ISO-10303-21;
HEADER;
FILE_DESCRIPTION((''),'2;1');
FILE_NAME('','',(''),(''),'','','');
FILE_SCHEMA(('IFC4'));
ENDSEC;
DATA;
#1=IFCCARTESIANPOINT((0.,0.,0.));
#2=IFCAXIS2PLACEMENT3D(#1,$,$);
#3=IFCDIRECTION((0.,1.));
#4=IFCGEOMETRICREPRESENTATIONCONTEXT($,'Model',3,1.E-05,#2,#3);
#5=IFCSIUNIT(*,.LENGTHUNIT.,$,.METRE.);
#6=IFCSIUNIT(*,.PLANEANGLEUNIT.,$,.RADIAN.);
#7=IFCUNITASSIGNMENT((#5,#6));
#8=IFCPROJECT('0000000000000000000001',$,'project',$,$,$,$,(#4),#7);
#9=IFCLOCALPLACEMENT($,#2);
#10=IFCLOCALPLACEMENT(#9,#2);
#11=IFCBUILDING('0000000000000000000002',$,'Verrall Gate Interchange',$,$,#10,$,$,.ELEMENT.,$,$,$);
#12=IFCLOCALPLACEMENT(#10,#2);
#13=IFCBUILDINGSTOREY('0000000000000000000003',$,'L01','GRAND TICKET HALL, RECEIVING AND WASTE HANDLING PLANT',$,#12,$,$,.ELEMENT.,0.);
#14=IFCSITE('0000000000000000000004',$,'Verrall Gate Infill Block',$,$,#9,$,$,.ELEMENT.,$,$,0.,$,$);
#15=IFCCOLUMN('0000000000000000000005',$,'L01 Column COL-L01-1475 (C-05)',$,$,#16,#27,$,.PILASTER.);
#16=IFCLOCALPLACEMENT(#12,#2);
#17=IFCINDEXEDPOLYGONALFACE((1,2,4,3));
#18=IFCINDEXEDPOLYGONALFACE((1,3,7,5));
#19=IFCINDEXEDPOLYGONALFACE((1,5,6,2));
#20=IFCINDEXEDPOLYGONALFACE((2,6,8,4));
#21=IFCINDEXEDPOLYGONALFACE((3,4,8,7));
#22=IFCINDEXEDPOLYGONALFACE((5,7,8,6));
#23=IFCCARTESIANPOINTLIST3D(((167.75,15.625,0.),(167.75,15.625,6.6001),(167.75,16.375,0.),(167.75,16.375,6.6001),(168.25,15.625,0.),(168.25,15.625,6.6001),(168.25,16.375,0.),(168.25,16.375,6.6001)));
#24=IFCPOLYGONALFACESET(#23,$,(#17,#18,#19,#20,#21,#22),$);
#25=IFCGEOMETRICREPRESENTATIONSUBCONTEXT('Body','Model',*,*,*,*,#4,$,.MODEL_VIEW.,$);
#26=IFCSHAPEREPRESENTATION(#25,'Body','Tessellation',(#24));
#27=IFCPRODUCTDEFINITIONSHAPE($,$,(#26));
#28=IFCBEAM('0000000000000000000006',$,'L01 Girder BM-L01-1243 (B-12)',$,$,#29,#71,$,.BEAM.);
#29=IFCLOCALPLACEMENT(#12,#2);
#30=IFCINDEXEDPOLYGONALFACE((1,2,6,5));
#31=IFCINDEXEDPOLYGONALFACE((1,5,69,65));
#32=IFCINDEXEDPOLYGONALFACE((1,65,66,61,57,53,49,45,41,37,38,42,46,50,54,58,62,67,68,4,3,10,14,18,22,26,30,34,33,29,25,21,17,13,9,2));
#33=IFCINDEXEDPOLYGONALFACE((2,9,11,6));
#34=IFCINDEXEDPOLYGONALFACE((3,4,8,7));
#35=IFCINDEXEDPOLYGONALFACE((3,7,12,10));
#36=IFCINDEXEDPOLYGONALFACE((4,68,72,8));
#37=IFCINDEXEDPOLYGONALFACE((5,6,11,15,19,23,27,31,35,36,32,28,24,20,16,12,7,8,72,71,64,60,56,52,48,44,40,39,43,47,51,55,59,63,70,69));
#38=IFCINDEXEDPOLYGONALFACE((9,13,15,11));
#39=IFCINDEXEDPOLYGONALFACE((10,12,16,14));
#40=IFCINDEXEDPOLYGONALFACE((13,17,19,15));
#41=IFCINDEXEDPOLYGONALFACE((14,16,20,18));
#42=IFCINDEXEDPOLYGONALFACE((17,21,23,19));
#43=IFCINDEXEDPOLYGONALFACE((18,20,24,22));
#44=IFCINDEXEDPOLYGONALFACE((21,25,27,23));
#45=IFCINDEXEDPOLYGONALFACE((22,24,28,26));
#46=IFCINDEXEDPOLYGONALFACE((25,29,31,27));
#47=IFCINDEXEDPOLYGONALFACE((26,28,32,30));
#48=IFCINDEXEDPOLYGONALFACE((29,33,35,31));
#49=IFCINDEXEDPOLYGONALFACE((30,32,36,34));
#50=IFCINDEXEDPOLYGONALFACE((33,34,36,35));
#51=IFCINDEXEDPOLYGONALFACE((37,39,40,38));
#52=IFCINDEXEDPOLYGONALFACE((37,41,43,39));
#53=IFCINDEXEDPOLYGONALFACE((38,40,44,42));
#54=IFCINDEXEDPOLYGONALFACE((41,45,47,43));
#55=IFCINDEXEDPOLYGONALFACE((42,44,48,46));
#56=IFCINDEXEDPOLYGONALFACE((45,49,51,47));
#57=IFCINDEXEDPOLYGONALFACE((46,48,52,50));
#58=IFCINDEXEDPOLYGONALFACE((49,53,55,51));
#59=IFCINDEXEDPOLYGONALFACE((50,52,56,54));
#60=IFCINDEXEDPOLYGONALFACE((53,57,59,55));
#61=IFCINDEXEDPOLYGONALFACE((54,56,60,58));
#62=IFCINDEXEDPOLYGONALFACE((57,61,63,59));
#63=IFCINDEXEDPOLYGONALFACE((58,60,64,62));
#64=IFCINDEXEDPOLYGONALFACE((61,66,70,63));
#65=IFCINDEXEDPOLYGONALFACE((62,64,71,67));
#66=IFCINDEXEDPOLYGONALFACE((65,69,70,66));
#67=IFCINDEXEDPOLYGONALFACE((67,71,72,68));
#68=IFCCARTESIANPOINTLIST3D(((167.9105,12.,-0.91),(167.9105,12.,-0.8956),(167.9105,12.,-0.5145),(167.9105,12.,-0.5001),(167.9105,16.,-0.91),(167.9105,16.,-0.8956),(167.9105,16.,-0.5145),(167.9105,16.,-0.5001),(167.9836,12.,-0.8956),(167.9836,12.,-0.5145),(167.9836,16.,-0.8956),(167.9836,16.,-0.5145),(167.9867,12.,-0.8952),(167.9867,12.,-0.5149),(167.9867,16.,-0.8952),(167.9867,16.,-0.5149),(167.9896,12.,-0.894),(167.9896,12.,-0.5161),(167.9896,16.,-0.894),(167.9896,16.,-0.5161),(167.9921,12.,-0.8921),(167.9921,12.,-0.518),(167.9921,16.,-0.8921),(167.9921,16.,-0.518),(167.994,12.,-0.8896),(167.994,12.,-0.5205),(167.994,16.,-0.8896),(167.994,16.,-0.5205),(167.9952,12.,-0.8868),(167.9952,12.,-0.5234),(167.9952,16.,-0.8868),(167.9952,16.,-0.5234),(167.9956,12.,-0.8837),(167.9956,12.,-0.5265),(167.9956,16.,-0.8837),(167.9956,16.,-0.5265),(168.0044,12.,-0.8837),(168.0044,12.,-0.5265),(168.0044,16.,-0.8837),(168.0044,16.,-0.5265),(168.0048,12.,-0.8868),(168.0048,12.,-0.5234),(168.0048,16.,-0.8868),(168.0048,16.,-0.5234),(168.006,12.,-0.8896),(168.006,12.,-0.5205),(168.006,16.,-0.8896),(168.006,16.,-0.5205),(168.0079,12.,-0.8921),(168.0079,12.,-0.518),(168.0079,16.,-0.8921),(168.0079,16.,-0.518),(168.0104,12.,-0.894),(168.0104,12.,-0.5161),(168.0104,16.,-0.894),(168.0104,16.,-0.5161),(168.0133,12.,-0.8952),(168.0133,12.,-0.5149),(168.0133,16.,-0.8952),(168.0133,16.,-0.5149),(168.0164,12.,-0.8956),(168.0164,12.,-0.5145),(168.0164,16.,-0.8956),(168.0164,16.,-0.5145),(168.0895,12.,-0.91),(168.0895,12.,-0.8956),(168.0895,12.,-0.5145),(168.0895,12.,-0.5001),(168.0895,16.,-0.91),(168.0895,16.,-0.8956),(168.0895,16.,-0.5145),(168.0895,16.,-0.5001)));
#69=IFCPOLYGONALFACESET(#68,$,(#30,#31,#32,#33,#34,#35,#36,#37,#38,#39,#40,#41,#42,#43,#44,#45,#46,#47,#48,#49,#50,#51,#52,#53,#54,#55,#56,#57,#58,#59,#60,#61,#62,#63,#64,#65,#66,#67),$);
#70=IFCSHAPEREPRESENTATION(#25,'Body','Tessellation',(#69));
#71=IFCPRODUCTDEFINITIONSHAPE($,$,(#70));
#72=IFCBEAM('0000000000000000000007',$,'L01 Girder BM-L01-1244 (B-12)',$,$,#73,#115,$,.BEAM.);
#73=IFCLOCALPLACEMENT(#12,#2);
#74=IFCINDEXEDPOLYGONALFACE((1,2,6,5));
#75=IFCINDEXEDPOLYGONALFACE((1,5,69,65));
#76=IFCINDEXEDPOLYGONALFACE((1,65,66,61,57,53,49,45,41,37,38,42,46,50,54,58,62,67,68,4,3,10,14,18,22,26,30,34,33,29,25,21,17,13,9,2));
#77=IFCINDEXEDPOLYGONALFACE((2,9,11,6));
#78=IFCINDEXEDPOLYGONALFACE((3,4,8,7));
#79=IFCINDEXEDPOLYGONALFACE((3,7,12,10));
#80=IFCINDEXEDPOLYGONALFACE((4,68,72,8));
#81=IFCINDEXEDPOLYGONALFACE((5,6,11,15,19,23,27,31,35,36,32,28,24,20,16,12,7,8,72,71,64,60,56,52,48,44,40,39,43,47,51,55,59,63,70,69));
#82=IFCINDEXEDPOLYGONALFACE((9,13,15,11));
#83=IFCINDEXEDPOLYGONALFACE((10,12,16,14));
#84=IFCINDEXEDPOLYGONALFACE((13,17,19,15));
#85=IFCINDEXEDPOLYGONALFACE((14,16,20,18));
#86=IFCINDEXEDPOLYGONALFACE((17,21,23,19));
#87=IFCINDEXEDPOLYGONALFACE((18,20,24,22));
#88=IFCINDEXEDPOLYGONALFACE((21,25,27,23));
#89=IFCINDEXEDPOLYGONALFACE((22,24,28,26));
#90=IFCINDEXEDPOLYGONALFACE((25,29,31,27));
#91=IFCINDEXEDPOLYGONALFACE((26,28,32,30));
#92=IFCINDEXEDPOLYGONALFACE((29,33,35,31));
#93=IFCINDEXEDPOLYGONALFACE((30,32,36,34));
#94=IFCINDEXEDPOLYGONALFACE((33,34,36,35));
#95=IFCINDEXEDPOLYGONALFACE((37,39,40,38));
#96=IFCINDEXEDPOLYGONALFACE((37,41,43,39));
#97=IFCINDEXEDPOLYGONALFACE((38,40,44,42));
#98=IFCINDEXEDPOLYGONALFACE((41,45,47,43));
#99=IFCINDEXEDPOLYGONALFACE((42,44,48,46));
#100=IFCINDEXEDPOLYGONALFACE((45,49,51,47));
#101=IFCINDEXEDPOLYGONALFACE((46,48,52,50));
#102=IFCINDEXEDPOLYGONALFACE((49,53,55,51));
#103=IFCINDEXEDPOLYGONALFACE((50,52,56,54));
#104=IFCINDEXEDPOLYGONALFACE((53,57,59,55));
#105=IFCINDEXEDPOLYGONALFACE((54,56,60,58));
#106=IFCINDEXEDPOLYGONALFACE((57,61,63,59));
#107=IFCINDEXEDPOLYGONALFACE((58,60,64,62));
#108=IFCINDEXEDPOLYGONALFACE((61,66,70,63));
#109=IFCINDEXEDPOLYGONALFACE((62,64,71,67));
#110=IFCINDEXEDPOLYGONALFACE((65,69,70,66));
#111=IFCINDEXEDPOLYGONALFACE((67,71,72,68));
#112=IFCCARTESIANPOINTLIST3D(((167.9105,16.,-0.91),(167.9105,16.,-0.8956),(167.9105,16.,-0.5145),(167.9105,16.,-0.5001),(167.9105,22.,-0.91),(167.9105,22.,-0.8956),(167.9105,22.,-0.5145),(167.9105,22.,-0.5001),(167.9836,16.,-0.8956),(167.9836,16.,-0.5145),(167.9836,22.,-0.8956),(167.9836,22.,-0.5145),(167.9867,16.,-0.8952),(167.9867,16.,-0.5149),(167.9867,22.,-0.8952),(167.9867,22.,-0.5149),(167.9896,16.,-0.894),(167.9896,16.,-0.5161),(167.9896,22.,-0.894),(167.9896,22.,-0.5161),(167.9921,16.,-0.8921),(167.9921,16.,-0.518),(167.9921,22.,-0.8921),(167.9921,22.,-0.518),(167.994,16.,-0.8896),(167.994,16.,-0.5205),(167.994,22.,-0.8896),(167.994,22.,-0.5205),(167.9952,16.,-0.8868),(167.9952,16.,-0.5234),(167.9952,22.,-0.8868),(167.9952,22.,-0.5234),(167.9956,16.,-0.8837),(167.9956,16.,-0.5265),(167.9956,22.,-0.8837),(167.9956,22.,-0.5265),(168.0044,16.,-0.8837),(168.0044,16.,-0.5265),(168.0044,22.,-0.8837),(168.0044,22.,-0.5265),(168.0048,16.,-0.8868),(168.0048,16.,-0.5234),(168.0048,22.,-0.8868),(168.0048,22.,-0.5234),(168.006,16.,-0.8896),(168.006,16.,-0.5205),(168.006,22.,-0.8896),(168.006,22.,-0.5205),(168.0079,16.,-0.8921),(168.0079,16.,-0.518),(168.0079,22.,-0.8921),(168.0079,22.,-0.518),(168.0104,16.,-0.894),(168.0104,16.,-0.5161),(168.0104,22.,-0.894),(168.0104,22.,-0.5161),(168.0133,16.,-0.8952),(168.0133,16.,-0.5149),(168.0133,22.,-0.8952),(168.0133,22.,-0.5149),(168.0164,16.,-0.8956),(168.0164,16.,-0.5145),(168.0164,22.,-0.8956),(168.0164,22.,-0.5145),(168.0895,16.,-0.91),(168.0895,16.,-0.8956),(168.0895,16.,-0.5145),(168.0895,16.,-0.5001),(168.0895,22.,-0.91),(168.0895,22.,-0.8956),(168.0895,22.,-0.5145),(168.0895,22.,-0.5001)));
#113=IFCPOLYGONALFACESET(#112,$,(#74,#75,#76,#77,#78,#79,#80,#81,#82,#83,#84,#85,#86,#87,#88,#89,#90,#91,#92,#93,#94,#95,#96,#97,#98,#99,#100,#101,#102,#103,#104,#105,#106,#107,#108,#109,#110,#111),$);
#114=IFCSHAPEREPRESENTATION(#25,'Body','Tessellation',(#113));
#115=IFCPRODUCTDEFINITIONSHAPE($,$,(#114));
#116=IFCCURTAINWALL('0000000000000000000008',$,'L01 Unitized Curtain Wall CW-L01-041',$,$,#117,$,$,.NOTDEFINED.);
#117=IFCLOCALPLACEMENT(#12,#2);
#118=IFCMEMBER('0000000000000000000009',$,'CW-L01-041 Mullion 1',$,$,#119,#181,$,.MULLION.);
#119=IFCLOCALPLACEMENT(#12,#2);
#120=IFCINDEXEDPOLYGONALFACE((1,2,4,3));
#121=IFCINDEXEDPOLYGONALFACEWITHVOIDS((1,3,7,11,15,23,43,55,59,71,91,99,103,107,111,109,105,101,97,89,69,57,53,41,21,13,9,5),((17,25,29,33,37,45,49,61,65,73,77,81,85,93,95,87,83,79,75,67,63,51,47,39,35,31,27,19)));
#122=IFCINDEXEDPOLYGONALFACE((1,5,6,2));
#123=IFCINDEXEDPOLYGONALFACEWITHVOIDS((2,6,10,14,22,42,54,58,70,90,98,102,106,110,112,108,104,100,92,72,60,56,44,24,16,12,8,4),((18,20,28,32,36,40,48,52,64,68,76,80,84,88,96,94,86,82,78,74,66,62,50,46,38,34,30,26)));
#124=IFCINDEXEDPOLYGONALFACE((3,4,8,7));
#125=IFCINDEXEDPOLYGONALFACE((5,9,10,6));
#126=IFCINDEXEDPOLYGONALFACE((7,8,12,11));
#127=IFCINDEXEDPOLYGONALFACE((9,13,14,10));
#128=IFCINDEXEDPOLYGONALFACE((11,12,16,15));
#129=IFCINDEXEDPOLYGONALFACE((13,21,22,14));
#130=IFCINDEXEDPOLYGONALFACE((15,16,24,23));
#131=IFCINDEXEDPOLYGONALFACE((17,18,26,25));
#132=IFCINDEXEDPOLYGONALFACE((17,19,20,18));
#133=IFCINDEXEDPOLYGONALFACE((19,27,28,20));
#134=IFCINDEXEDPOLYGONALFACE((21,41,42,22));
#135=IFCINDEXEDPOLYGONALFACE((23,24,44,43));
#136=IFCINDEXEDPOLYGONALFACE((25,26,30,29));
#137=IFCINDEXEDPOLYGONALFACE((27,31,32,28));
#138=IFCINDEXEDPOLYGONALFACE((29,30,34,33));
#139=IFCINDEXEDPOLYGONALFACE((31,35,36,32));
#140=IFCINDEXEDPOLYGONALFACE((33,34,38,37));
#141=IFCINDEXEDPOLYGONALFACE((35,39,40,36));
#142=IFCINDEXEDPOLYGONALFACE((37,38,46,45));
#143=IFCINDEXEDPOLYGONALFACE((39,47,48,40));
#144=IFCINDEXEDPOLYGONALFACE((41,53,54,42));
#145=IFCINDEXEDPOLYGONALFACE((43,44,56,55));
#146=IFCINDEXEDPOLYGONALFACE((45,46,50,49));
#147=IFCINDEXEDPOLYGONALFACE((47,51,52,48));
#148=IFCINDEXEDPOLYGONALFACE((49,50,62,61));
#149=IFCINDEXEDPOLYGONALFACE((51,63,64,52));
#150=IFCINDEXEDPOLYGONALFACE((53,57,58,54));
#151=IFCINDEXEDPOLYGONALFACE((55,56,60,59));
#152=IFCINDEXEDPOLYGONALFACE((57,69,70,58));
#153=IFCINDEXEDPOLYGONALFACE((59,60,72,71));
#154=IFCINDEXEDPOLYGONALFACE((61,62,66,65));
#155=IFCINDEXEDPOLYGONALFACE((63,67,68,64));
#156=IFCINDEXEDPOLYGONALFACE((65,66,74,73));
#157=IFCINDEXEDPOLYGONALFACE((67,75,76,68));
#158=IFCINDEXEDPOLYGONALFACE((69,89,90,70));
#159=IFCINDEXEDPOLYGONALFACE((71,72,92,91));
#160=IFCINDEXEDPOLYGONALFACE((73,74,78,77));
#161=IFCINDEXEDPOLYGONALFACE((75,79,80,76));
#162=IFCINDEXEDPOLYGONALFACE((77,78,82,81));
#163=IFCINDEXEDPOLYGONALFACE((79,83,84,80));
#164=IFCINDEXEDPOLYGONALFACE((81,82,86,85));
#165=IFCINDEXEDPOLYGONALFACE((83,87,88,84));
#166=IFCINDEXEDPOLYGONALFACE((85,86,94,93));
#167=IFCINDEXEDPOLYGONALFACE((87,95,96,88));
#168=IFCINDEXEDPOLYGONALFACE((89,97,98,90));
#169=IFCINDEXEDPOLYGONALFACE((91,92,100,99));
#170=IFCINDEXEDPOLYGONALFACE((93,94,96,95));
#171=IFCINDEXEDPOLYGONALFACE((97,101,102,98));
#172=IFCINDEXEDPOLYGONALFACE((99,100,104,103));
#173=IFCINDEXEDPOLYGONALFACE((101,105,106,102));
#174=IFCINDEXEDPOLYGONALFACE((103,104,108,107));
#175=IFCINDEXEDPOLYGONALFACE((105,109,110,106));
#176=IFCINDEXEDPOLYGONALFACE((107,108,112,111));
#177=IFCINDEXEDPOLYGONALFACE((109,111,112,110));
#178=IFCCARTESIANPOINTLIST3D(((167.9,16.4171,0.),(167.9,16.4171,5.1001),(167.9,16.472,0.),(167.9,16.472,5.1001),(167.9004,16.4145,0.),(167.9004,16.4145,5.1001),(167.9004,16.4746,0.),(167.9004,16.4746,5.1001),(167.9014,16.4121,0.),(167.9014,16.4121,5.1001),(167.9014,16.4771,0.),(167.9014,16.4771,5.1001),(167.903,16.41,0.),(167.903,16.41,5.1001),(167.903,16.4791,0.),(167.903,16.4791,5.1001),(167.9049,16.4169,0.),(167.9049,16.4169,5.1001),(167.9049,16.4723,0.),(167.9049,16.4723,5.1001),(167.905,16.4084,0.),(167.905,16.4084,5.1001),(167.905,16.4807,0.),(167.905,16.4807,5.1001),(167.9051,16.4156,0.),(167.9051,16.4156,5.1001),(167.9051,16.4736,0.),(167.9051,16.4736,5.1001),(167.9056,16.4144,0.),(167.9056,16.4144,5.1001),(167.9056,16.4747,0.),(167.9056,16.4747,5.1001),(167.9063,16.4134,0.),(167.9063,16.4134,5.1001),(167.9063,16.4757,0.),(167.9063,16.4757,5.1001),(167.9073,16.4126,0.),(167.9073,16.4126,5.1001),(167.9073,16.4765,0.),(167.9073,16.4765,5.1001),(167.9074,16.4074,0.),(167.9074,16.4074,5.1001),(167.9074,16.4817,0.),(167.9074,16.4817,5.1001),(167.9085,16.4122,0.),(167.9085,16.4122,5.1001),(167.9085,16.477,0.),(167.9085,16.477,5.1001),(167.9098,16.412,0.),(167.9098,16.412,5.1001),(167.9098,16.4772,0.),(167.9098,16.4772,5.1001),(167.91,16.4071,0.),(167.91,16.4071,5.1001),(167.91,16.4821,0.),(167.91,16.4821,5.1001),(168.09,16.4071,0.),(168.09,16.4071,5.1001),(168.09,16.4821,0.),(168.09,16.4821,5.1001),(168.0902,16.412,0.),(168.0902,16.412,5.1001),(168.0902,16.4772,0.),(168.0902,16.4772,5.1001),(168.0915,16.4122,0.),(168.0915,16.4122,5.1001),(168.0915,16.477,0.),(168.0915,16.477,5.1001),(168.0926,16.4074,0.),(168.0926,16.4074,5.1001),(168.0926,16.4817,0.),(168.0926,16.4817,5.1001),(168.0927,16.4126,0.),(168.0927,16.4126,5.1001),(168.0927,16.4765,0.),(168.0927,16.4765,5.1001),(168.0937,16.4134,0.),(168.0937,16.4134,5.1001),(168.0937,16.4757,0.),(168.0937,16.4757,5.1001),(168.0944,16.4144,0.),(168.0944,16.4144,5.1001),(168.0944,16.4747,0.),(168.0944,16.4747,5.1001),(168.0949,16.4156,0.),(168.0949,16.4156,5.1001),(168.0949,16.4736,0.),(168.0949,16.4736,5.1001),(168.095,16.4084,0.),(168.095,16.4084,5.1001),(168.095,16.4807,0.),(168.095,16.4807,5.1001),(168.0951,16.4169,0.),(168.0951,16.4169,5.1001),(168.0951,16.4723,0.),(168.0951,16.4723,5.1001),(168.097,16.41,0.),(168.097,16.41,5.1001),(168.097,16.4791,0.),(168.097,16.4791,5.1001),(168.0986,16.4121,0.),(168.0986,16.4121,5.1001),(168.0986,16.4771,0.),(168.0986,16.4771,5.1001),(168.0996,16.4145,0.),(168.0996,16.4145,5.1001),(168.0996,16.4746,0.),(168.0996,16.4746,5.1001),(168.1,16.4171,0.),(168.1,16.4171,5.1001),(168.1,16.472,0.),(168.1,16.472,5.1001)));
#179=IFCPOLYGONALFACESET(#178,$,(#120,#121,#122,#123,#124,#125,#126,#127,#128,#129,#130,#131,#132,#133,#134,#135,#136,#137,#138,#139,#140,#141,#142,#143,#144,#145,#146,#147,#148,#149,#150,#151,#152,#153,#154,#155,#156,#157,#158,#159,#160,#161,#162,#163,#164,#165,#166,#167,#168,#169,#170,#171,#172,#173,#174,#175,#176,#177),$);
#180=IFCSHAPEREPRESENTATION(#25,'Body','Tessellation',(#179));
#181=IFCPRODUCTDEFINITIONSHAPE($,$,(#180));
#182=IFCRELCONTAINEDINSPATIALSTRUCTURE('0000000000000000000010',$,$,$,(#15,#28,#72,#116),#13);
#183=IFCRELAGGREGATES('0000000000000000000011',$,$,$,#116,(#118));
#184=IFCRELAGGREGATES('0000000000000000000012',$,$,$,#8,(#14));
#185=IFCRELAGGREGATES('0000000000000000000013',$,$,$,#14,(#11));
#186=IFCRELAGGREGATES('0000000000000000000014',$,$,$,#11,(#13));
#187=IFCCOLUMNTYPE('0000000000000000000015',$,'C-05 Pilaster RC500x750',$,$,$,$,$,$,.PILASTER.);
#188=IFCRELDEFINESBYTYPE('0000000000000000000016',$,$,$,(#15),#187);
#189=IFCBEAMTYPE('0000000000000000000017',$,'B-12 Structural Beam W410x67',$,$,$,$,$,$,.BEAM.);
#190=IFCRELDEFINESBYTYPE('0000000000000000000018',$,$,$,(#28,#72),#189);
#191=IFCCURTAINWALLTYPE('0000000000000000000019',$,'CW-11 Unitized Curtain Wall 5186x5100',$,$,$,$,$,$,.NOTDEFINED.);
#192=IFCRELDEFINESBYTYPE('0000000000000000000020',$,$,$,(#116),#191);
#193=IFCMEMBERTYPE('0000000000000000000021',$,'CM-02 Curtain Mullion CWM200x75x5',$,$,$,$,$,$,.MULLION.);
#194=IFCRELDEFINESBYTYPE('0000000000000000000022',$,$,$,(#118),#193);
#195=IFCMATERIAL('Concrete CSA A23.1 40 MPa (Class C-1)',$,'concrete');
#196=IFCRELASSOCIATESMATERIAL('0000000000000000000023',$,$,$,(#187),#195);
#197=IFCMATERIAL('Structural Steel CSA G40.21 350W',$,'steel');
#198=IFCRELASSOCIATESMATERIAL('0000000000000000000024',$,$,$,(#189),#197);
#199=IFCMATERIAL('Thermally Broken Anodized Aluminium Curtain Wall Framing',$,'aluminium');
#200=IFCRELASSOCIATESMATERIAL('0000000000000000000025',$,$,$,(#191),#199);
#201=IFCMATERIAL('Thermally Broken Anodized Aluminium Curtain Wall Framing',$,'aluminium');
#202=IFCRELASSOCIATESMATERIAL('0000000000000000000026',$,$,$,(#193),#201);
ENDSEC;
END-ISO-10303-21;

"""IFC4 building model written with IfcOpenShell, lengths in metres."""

from ifc_helpers import new_model, si_unit, direction, frame, origin, origin_2d, place, context, subcontext, project, spatial, rectangle, hollow_rectangle, i_section, extrude, material, material_profile, profile_set, type_object, element, aggregate, save


model = new_model("IFC4")

# Units and contexts
model_context = context("Model", 3, precision=1e-05, world=origin(), true_north=direction((0.0, 1.0)))
body_context = subcontext(model_context, "Body", "Model", "MODEL_VIEW")
ifc_project = project(units=[si_unit("LENGTHUNIT", "METRE"), si_unit("PLANEANGLEUNIT", "RADIAN")], contexts=[model_context])

# Site, building, storey
site_placement = place(None, origin())
site = spatial("IfcSite", under=ifc_project, at=site_placement, Name="Verrall Gate Infill Block", CompositionType="ELEMENT", RefElevation=0.0)
building_placement = place(site_placement, origin())
building = spatial("IfcBuilding", under=site, at=building_placement, Name="Verrall Gate Interchange", CompositionType="ELEMENT")
storey_placement = place(building_placement, origin())
storey = spatial("IfcBuildingStorey", under=building, at=storey_placement, Name="L01", Description="GRAND TICKET HALL, RECEIVING AND WASTE HANDLING PLANT", CompositionType="ELEMENT", Elevation=0.0)

# Column
ifc_material_1 = material(Name="Concrete CSA A23.1 40 MPa (Class C-1)", Category="concrete")
ifc_material_profile_1 = material_profile(ifc_material_1, rectangle(XDim=0.5, YDim=0.75, at=origin_2d()), Name="RC500x750")
ifc_profile_set_1 = profile_set([ifc_material_profile_1], Name="Concrete CSA A23.1 40 MPa (Class C-1)")
column_type = type_object("IfcColumnType", Name="C-05 Pilaster RC500x750", PredefinedType="PILASTER", material=ifc_profile_set_1)
column_placement = place(storey_placement, frame((168.0, 16.0, 0.0), z_axis=(0.0, 0.0, 1.0), x_axis=(1.0, 0.0, 0.0)))
element("IfcColumn", 1, at=column_placement, inside=storey, type_object=column_type, Name="L01 Column COL-L01-1475 (C-05)", PredefinedType="PILASTER", context=body_context, shape_type="SweptSolid", body=[
    extrude(rectangle(XDim=0.5, YDim=0.75, at=origin_2d()), origin(), (0.0, 0.0, 1.0), 6.6001),
])

# Beams
ifc_material_2 = material(Name="Structural Steel CSA G40.21 350W", Category="steel")
ifc_material_profile_2 = material_profile(ifc_material_2, i_section(OverallWidth=0.179, OverallDepth=0.4099, WebThickness=0.0088, FlangeThickness=0.0144, FilletRadius=0.012, at=origin_2d()), Name="W410x67")
ifc_profile_set_2 = profile_set([ifc_material_profile_2], Name="Structural Steel CSA G40.21 350W")
beam_type = type_object("IfcBeamType", Name="B-12 Structural Beam W410x67", PredefinedType="BEAM", material=ifc_profile_set_2)
beam_1_placement = place(storey_placement, frame((168.0, 12.0, -0.7051), z_axis=(0.0, 1.0, 0.0), x_axis=(-1.0, 0.0, 0.0)))
element("IfcBeam", 2, at=beam_1_placement, inside=storey, type_object=beam_type, Name="L01 Girder BM-L01-1243 (B-12)", PredefinedType="BEAM", context=body_context, shape_type="SweptSolid", body=[
    extrude(i_section(OverallWidth=0.179, OverallDepth=0.4099, WebThickness=0.0088, FlangeThickness=0.0144, FilletRadius=0.012, at=origin_2d()), origin(), (0.0, 0.0, 1.0), 4.0),
])
beam_2_placement = place(storey_placement, frame((168.0, 16.0, -0.7051), z_axis=(0.0, 1.0, 0.0), x_axis=(-1.0, 0.0, 0.0)))
element("IfcBeam", 3, at=beam_2_placement, inside=storey, type_object=beam_type, Name="L01 Girder BM-L01-1244 (B-12)", PredefinedType="BEAM", context=body_context, shape_type="SweptSolid", body=[
    extrude(i_section(OverallWidth=0.179, OverallDepth=0.4099, WebThickness=0.0088, FlangeThickness=0.0144, FilletRadius=0.012, at=origin_2d()), origin(), (0.0, 0.0, 1.0), 6.0),
])

# Curtain wall, member
ifc_material_3 = material(Name="Thermally Broken Anodized Aluminium Curtain Wall Framing", Category="aluminium")
curtain_wall_type = type_object("IfcCurtainWallType", Name="CW-11 Unitized Curtain Wall 5186x5100", PredefinedType="NOTDEFINED", material=ifc_material_3)
curtain_wall_placement = place(storey_placement, origin())
curtain_wall = element("IfcCurtainWall", 4, at=curtain_wall_placement, inside=storey, type_object=curtain_wall_type, Name="L01 Unitized Curtain Wall CW-L01-041", PredefinedType="NOTDEFINED")
ifc_material_4 = material(Name="Thermally Broken Anodized Aluminium Curtain Wall Framing", Category="aluminium")
ifc_material_profile_3 = material_profile(ifc_material_4, hollow_rectangle(XDim=0.075, YDim=0.2, WallThickness=0.0049, InnerFilletRadius=0.0049, OuterFilletRadius=0.01, at=origin_2d()), Name="CWM200x75x5")
ifc_profile_set_3 = profile_set([ifc_material_profile_3], Name="Thermally Broken Anodized Aluminium Curtain Wall Framing")
member_type_1 = type_object("IfcMemberType", Name="CM-02 Curtain Mullion CWM200x75x5", PredefinedType="MULLION", material=ifc_profile_set_3)
member_1_placement = place(storey_placement, frame((168.0, 16.4446, 0.0), z_axis=(0.0, 0.0, 1.0), x_axis=(0.0, 1.0, 0.0)))
member_1 = element("IfcMember", 5, at=member_1_placement, type_object=member_type_1, Name="CW-L01-041 Mullion 1", PredefinedType="MULLION", context=body_context, shape_type="SweptSolid", body=[
    extrude(hollow_rectangle(XDim=0.075, YDim=0.2, WallThickness=0.0049, InnerFilletRadius=0.0049, OuterFilletRadius=0.01, at=origin_2d()), origin(), (0.0, 0.0, 1.0), 5.1001),
])
aggregate(curtain_wall, [member_1])

save(model, "model.ifc")
